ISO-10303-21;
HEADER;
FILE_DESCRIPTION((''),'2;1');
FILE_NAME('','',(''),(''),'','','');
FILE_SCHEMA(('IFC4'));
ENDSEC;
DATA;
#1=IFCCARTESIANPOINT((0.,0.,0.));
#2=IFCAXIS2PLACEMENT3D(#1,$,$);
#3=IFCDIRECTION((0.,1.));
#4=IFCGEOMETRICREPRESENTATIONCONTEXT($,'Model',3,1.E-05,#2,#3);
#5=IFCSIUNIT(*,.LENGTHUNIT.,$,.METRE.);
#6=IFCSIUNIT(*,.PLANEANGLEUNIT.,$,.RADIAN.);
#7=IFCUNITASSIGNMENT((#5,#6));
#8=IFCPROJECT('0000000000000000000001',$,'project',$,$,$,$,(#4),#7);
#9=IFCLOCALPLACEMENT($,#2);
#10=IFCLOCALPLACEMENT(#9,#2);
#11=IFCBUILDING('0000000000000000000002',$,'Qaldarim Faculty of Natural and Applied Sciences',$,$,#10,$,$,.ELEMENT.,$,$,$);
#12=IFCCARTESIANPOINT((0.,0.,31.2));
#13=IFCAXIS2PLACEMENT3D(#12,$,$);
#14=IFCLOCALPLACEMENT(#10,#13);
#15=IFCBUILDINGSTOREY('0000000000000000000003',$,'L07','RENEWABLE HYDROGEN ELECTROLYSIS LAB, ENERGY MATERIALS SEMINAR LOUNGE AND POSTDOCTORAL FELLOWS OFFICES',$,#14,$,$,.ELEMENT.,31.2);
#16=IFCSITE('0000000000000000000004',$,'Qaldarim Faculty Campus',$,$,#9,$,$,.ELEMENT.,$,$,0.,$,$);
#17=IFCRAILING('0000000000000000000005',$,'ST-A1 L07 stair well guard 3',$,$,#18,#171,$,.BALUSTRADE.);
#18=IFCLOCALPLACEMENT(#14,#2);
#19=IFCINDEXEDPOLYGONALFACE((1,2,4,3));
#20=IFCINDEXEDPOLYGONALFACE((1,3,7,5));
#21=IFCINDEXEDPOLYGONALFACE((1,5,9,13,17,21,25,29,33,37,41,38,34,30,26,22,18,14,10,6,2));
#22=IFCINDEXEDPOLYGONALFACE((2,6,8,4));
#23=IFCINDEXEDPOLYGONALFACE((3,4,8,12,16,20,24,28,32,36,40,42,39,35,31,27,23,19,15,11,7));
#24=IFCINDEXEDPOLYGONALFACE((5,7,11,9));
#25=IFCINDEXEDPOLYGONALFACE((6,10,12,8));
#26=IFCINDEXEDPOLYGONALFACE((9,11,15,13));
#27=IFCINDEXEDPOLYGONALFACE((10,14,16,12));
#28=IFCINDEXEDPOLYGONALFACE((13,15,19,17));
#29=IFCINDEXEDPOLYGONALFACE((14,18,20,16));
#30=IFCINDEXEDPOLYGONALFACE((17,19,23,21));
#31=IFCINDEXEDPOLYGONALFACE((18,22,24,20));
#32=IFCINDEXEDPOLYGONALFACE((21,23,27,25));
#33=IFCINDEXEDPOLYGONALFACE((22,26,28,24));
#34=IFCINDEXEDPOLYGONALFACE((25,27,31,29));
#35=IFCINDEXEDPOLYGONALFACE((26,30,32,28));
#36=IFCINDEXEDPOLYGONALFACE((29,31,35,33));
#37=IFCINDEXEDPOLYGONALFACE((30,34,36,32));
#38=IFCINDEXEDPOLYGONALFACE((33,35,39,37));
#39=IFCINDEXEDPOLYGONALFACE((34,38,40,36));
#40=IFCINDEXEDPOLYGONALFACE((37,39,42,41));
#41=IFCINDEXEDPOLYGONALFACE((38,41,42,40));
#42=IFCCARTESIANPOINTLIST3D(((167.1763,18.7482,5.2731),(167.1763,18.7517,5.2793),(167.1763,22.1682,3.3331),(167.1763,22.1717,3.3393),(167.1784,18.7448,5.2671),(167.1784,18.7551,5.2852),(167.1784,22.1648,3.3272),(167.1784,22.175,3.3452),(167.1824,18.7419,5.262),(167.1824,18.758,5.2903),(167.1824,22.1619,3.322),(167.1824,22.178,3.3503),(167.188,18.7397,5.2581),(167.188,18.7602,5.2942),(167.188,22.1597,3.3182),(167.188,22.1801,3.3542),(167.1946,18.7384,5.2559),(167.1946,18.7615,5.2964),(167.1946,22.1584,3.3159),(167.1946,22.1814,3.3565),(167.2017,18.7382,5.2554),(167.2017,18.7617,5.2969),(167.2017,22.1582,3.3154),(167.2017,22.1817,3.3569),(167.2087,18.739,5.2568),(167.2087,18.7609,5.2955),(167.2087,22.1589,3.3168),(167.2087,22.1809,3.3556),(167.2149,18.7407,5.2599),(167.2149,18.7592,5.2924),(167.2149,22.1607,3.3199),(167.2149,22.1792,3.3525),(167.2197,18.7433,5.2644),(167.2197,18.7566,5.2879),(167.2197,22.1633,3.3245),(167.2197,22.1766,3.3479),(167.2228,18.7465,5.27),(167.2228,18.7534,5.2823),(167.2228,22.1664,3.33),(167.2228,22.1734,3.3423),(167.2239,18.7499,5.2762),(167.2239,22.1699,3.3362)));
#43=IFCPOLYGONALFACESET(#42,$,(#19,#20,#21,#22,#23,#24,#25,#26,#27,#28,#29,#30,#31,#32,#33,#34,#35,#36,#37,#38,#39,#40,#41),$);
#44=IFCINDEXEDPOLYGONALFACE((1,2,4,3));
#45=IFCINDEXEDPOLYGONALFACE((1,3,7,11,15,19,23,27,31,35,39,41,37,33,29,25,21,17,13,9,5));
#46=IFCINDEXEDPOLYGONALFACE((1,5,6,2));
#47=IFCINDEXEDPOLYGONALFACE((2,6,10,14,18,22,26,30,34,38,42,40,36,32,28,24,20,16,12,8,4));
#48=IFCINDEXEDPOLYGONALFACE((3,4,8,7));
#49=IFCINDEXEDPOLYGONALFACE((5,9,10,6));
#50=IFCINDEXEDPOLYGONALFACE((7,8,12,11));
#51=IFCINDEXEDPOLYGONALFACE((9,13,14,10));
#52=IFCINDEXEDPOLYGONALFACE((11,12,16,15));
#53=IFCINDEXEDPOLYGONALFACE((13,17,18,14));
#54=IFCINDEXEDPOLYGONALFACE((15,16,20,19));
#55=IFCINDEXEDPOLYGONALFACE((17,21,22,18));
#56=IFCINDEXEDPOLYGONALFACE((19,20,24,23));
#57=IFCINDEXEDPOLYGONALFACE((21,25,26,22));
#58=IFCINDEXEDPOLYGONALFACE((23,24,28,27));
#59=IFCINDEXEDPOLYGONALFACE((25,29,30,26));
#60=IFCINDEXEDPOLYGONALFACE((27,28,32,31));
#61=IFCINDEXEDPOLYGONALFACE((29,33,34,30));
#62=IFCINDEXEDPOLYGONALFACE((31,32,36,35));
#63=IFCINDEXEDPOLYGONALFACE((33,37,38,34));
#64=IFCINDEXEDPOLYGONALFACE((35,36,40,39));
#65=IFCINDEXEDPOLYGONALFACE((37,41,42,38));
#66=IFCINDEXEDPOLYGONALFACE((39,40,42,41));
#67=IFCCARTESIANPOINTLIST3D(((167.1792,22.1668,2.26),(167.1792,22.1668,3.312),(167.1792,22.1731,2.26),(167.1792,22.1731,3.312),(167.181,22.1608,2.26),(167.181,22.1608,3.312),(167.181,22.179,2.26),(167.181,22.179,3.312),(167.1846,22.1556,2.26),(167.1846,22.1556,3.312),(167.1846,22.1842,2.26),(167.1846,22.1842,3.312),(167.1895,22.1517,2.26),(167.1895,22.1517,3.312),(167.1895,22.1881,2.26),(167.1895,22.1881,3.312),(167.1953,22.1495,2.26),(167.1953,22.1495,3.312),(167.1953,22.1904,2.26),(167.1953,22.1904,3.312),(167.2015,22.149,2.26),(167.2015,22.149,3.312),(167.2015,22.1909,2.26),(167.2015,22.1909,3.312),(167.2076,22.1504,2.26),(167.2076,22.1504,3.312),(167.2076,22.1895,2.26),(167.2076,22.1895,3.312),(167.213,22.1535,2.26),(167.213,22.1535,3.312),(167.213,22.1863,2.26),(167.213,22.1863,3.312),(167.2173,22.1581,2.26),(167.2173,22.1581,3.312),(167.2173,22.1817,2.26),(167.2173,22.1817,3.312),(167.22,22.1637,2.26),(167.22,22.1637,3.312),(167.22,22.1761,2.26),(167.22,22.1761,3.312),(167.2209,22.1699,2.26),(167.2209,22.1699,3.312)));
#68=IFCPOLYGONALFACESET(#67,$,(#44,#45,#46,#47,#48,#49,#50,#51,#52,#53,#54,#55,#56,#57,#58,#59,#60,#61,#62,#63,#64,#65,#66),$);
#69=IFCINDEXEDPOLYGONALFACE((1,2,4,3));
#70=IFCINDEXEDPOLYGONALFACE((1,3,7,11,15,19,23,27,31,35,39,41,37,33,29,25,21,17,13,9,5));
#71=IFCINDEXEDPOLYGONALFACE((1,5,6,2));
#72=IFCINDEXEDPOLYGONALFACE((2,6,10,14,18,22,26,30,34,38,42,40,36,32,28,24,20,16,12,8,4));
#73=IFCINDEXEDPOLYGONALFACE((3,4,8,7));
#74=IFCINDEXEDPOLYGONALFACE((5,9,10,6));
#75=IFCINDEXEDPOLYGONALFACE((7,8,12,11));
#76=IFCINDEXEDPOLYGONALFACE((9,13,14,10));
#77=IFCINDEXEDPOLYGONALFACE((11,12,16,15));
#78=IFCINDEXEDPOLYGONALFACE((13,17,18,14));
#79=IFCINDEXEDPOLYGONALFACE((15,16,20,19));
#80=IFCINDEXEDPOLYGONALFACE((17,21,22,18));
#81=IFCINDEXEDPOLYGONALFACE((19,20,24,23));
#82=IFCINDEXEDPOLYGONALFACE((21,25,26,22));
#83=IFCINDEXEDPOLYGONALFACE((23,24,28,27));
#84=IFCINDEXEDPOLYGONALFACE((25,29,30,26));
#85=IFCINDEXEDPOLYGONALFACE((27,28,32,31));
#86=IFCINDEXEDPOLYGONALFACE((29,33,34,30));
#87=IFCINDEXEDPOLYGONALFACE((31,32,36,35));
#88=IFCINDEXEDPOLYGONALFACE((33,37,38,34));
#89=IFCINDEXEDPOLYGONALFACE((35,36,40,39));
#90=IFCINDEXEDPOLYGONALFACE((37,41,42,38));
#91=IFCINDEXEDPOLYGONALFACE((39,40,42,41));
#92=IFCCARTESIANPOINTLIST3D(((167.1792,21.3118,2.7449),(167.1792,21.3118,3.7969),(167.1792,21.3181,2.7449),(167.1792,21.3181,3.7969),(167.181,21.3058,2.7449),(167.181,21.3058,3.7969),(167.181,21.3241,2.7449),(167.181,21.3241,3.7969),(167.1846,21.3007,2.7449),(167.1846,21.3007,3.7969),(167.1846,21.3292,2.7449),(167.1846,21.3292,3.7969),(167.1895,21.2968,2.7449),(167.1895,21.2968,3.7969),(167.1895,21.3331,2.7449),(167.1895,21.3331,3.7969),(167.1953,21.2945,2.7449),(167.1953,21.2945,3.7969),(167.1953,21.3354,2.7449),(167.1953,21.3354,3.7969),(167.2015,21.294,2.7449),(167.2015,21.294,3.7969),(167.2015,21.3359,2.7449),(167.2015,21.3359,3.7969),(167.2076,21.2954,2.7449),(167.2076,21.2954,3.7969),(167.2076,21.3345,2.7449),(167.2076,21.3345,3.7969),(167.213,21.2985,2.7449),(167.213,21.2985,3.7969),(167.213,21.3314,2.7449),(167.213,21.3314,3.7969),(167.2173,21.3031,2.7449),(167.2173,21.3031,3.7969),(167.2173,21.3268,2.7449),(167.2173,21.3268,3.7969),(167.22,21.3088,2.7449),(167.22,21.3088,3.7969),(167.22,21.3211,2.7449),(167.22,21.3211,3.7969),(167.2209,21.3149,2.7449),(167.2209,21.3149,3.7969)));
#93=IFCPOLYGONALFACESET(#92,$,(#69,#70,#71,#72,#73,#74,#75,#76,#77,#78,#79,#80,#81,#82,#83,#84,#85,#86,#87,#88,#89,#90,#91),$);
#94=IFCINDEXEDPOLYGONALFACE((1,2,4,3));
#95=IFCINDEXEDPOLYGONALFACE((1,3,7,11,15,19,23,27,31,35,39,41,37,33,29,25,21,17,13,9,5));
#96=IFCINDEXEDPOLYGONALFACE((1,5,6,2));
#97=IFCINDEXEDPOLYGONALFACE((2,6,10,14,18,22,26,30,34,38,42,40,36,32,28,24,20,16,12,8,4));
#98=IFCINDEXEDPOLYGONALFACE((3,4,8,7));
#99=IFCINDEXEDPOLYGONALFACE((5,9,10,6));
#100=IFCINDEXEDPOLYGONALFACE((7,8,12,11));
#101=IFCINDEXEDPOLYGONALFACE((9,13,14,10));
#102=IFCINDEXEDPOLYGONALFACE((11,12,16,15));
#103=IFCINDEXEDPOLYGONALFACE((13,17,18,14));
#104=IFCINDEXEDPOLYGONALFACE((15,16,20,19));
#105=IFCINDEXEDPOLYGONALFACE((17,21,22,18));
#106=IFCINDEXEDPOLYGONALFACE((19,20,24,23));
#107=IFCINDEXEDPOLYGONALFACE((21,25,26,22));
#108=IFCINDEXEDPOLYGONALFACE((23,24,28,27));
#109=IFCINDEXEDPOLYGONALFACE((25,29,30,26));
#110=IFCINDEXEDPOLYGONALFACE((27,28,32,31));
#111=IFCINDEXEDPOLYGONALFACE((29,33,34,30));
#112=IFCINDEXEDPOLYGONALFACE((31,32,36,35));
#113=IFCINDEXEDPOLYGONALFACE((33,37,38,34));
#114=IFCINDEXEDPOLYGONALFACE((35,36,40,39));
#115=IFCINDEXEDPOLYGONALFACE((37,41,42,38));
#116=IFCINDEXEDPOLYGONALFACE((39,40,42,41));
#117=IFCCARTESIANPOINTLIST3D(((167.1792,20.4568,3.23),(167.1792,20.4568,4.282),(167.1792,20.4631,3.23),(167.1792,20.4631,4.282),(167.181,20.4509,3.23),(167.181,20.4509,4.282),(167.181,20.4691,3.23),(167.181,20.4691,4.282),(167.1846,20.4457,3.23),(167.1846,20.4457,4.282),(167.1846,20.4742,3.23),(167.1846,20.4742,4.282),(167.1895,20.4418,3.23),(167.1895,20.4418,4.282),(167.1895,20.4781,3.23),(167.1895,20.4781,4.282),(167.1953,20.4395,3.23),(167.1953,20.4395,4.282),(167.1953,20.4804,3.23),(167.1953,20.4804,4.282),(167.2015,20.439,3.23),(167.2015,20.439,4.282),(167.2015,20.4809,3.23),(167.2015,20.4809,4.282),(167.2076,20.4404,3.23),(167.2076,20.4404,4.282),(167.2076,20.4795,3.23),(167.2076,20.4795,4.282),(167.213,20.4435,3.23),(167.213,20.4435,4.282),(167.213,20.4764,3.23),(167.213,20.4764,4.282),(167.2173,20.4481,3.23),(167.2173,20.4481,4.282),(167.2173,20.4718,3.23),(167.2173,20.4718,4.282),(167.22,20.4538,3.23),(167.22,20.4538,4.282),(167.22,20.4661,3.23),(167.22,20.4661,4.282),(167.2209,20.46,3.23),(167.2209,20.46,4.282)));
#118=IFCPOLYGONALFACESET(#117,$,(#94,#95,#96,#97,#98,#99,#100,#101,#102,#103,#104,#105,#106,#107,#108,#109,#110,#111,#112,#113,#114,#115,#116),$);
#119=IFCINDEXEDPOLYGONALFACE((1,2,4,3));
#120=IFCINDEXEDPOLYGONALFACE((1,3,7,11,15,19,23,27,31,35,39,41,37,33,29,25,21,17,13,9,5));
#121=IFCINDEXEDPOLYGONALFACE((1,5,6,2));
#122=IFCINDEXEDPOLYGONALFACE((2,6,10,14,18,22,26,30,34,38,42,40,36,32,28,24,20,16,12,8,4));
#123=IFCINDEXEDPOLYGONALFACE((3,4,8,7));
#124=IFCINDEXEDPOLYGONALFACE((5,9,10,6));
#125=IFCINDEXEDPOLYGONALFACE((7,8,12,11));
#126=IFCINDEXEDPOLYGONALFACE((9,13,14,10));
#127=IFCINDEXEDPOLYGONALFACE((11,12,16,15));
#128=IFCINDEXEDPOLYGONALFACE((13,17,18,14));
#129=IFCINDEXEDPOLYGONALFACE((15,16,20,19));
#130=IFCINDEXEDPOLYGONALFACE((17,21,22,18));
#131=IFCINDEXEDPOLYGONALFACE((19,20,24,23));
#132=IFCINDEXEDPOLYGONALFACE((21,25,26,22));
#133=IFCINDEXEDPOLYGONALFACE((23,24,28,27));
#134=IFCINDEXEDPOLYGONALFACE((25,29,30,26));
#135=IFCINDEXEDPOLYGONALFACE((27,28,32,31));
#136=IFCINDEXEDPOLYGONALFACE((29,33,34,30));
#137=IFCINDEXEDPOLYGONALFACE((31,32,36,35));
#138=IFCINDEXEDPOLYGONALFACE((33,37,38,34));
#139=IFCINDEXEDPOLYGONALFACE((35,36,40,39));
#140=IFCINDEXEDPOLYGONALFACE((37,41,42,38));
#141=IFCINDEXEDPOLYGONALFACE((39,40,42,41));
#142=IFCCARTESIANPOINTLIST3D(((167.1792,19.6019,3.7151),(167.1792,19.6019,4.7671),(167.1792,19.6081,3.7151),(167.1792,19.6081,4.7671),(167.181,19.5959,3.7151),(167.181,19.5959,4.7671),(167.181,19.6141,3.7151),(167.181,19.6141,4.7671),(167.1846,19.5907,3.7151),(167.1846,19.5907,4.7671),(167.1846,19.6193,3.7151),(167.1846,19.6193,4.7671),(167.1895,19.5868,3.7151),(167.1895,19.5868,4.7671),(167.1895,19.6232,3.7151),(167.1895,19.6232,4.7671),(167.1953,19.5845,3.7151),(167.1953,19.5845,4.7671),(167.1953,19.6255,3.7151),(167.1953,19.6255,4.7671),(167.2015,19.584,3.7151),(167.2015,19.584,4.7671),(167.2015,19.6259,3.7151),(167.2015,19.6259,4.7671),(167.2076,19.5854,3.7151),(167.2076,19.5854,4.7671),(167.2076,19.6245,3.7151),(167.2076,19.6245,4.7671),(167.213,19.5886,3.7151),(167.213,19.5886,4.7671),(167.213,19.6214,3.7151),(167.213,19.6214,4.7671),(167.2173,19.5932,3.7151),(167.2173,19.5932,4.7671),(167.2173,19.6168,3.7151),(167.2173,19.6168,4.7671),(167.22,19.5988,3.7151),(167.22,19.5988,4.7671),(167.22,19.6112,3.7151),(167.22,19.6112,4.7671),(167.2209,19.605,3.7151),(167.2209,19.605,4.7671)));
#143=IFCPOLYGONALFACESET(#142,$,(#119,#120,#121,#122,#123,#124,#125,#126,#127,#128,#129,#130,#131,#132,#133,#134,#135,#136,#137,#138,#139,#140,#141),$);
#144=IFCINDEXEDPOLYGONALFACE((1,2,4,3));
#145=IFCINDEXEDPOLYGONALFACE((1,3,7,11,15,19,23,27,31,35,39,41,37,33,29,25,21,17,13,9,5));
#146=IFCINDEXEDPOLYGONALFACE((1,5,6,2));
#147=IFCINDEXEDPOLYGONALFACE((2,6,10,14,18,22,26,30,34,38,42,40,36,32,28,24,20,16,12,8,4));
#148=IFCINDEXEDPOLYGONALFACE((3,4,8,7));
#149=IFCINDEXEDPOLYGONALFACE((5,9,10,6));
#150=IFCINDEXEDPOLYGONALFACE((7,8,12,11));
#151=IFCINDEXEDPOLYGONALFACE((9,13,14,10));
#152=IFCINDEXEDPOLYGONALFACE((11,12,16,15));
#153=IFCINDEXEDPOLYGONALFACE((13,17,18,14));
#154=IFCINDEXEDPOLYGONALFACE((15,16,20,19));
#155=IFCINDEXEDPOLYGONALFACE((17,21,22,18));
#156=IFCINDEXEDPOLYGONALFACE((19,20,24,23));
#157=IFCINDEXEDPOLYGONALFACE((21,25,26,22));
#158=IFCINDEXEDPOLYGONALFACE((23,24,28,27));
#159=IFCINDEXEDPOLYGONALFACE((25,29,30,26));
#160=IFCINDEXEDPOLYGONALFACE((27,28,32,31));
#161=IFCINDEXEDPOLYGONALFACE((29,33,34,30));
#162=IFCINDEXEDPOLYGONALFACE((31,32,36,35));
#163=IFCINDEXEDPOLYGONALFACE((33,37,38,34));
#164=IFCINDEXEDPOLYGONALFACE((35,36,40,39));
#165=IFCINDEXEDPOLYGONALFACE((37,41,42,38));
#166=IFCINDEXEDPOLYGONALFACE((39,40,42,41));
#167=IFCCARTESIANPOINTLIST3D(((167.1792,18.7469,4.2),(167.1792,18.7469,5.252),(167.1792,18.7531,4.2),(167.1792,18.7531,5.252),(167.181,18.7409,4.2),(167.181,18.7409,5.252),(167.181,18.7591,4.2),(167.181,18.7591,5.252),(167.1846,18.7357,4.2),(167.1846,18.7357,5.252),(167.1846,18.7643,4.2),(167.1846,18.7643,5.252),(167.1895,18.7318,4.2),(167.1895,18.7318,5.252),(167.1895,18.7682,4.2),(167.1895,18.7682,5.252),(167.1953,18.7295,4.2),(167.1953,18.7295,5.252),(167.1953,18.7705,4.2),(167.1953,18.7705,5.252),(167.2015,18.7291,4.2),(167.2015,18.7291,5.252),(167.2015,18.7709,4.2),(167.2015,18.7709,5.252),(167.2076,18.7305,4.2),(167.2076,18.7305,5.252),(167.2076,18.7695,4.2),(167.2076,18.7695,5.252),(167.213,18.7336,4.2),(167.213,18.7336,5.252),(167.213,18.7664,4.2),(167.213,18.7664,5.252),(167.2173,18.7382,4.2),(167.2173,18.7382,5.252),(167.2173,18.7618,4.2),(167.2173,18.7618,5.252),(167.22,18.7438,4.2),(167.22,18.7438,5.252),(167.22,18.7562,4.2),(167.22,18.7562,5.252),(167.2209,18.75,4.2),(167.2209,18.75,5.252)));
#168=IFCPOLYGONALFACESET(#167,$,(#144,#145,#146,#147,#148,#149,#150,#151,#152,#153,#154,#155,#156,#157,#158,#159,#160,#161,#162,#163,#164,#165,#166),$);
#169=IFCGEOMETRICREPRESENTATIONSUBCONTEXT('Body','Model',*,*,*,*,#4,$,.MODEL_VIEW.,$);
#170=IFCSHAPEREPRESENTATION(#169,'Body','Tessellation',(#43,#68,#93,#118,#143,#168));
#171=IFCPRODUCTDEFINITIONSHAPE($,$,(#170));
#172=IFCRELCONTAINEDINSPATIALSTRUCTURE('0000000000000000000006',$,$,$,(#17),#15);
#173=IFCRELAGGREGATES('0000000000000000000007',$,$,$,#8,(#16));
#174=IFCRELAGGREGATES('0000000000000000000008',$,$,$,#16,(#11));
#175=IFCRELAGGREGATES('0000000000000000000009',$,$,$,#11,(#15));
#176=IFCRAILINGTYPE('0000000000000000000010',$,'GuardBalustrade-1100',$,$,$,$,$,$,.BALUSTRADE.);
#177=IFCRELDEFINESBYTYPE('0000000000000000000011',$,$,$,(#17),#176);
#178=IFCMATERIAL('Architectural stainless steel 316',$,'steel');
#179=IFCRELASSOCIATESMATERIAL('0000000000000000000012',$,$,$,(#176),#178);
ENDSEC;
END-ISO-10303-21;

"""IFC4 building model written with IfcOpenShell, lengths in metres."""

from ifc_helpers import new_model, si_unit, direction, frame, origin, origin_2d, place, context, subcontext, project, spatial, circle, extrude, material, type_object, element, save


model = new_model("IFC4")

# Units and contexts
model_context = context("Model", 3, precision=1e-05, world=origin(), true_north=direction((0.0, 1.0)))
body_context = subcontext(model_context, "Body", "Model", "MODEL_VIEW")
ifc_project = project(units=[si_unit("LENGTHUNIT", "METRE"), si_unit("PLANEANGLEUNIT", "RADIAN")], contexts=[model_context])

# Site, building, storey
site_placement = place(None, origin())
site = spatial("IfcSite", under=ifc_project, at=site_placement, Name="Qaldarim Faculty Campus", CompositionType="ELEMENT", RefElevation=0.0)
building_placement = place(site_placement, origin())
building = spatial("IfcBuilding", under=site, at=building_placement, Name="Qaldarim Faculty of Natural and Applied Sciences", CompositionType="ELEMENT")
storey_placement = place(building_placement, frame((0.0, 0.0, 31.2)))
storey = spatial("IfcBuildingStorey", under=building, at=storey_placement, Name="L07", Description="RENEWABLE HYDROGEN ELECTROLYSIS LAB, ENERGY MATERIALS SEMINAR LOUNGE AND POSTDOCTORAL FELLOWS OFFICES", CompositionType="ELEMENT", Elevation=31.2)

# Shared definitions
ifc_material_1 = material(Name="Architectural stainless steel 316", Category="steel")

# Railing
railing_type_1 = type_object("IfcRailingType", Name="GuardBalustrade-1100", PredefinedType="BALUSTRADE", material=ifc_material_1)
railing_1_placement = place(storey_placement, frame((167.2, 22.1699, 2.26)))
element("IfcRailing", 1, at=railing_1_placement, inside=storey, type_object=railing_type_1, Name="ST-A1 L07 stair well guard 3", PredefinedType="BALUSTRADE", context=body_context, shape_type="SweptSolid", body=[
    extrude(circle(Radius=0.0239, at=origin_2d()), frame((0.0, 0.0, 1.0762), z_axis=(0.0, -0.869805, 0.493395), x_axis=(1.0, 0.0, 0.0)), (0.0, 0.0, 1.0), 3.9319),
    extrude(circle(Radius=0.021, at=origin_2d()), origin(), (0.0, 0.0, 1.0), 1.052),
    extrude(circle(Radius=0.021, at=origin_2d()), frame((0.0, -0.855, 0.4849)), (0.0, 0.0, 1.0), 1.052),
    extrude(circle(Radius=0.021, at=origin_2d()), frame((0.0, -1.71, 0.97)), (0.0, 0.0, 1.0), 1.052),
    extrude(circle(Radius=0.021, at=origin_2d()), frame((0.0, -2.5649, 1.4551)), (0.0, 0.0, 1.0), 1.052),
    extrude(circle(Radius=0.021, at=origin_2d()), frame((0.0, -3.4199, 1.9399)), (0.0, 0.0, 1.0), 1.052),
])

save(model, "model.ifc")
